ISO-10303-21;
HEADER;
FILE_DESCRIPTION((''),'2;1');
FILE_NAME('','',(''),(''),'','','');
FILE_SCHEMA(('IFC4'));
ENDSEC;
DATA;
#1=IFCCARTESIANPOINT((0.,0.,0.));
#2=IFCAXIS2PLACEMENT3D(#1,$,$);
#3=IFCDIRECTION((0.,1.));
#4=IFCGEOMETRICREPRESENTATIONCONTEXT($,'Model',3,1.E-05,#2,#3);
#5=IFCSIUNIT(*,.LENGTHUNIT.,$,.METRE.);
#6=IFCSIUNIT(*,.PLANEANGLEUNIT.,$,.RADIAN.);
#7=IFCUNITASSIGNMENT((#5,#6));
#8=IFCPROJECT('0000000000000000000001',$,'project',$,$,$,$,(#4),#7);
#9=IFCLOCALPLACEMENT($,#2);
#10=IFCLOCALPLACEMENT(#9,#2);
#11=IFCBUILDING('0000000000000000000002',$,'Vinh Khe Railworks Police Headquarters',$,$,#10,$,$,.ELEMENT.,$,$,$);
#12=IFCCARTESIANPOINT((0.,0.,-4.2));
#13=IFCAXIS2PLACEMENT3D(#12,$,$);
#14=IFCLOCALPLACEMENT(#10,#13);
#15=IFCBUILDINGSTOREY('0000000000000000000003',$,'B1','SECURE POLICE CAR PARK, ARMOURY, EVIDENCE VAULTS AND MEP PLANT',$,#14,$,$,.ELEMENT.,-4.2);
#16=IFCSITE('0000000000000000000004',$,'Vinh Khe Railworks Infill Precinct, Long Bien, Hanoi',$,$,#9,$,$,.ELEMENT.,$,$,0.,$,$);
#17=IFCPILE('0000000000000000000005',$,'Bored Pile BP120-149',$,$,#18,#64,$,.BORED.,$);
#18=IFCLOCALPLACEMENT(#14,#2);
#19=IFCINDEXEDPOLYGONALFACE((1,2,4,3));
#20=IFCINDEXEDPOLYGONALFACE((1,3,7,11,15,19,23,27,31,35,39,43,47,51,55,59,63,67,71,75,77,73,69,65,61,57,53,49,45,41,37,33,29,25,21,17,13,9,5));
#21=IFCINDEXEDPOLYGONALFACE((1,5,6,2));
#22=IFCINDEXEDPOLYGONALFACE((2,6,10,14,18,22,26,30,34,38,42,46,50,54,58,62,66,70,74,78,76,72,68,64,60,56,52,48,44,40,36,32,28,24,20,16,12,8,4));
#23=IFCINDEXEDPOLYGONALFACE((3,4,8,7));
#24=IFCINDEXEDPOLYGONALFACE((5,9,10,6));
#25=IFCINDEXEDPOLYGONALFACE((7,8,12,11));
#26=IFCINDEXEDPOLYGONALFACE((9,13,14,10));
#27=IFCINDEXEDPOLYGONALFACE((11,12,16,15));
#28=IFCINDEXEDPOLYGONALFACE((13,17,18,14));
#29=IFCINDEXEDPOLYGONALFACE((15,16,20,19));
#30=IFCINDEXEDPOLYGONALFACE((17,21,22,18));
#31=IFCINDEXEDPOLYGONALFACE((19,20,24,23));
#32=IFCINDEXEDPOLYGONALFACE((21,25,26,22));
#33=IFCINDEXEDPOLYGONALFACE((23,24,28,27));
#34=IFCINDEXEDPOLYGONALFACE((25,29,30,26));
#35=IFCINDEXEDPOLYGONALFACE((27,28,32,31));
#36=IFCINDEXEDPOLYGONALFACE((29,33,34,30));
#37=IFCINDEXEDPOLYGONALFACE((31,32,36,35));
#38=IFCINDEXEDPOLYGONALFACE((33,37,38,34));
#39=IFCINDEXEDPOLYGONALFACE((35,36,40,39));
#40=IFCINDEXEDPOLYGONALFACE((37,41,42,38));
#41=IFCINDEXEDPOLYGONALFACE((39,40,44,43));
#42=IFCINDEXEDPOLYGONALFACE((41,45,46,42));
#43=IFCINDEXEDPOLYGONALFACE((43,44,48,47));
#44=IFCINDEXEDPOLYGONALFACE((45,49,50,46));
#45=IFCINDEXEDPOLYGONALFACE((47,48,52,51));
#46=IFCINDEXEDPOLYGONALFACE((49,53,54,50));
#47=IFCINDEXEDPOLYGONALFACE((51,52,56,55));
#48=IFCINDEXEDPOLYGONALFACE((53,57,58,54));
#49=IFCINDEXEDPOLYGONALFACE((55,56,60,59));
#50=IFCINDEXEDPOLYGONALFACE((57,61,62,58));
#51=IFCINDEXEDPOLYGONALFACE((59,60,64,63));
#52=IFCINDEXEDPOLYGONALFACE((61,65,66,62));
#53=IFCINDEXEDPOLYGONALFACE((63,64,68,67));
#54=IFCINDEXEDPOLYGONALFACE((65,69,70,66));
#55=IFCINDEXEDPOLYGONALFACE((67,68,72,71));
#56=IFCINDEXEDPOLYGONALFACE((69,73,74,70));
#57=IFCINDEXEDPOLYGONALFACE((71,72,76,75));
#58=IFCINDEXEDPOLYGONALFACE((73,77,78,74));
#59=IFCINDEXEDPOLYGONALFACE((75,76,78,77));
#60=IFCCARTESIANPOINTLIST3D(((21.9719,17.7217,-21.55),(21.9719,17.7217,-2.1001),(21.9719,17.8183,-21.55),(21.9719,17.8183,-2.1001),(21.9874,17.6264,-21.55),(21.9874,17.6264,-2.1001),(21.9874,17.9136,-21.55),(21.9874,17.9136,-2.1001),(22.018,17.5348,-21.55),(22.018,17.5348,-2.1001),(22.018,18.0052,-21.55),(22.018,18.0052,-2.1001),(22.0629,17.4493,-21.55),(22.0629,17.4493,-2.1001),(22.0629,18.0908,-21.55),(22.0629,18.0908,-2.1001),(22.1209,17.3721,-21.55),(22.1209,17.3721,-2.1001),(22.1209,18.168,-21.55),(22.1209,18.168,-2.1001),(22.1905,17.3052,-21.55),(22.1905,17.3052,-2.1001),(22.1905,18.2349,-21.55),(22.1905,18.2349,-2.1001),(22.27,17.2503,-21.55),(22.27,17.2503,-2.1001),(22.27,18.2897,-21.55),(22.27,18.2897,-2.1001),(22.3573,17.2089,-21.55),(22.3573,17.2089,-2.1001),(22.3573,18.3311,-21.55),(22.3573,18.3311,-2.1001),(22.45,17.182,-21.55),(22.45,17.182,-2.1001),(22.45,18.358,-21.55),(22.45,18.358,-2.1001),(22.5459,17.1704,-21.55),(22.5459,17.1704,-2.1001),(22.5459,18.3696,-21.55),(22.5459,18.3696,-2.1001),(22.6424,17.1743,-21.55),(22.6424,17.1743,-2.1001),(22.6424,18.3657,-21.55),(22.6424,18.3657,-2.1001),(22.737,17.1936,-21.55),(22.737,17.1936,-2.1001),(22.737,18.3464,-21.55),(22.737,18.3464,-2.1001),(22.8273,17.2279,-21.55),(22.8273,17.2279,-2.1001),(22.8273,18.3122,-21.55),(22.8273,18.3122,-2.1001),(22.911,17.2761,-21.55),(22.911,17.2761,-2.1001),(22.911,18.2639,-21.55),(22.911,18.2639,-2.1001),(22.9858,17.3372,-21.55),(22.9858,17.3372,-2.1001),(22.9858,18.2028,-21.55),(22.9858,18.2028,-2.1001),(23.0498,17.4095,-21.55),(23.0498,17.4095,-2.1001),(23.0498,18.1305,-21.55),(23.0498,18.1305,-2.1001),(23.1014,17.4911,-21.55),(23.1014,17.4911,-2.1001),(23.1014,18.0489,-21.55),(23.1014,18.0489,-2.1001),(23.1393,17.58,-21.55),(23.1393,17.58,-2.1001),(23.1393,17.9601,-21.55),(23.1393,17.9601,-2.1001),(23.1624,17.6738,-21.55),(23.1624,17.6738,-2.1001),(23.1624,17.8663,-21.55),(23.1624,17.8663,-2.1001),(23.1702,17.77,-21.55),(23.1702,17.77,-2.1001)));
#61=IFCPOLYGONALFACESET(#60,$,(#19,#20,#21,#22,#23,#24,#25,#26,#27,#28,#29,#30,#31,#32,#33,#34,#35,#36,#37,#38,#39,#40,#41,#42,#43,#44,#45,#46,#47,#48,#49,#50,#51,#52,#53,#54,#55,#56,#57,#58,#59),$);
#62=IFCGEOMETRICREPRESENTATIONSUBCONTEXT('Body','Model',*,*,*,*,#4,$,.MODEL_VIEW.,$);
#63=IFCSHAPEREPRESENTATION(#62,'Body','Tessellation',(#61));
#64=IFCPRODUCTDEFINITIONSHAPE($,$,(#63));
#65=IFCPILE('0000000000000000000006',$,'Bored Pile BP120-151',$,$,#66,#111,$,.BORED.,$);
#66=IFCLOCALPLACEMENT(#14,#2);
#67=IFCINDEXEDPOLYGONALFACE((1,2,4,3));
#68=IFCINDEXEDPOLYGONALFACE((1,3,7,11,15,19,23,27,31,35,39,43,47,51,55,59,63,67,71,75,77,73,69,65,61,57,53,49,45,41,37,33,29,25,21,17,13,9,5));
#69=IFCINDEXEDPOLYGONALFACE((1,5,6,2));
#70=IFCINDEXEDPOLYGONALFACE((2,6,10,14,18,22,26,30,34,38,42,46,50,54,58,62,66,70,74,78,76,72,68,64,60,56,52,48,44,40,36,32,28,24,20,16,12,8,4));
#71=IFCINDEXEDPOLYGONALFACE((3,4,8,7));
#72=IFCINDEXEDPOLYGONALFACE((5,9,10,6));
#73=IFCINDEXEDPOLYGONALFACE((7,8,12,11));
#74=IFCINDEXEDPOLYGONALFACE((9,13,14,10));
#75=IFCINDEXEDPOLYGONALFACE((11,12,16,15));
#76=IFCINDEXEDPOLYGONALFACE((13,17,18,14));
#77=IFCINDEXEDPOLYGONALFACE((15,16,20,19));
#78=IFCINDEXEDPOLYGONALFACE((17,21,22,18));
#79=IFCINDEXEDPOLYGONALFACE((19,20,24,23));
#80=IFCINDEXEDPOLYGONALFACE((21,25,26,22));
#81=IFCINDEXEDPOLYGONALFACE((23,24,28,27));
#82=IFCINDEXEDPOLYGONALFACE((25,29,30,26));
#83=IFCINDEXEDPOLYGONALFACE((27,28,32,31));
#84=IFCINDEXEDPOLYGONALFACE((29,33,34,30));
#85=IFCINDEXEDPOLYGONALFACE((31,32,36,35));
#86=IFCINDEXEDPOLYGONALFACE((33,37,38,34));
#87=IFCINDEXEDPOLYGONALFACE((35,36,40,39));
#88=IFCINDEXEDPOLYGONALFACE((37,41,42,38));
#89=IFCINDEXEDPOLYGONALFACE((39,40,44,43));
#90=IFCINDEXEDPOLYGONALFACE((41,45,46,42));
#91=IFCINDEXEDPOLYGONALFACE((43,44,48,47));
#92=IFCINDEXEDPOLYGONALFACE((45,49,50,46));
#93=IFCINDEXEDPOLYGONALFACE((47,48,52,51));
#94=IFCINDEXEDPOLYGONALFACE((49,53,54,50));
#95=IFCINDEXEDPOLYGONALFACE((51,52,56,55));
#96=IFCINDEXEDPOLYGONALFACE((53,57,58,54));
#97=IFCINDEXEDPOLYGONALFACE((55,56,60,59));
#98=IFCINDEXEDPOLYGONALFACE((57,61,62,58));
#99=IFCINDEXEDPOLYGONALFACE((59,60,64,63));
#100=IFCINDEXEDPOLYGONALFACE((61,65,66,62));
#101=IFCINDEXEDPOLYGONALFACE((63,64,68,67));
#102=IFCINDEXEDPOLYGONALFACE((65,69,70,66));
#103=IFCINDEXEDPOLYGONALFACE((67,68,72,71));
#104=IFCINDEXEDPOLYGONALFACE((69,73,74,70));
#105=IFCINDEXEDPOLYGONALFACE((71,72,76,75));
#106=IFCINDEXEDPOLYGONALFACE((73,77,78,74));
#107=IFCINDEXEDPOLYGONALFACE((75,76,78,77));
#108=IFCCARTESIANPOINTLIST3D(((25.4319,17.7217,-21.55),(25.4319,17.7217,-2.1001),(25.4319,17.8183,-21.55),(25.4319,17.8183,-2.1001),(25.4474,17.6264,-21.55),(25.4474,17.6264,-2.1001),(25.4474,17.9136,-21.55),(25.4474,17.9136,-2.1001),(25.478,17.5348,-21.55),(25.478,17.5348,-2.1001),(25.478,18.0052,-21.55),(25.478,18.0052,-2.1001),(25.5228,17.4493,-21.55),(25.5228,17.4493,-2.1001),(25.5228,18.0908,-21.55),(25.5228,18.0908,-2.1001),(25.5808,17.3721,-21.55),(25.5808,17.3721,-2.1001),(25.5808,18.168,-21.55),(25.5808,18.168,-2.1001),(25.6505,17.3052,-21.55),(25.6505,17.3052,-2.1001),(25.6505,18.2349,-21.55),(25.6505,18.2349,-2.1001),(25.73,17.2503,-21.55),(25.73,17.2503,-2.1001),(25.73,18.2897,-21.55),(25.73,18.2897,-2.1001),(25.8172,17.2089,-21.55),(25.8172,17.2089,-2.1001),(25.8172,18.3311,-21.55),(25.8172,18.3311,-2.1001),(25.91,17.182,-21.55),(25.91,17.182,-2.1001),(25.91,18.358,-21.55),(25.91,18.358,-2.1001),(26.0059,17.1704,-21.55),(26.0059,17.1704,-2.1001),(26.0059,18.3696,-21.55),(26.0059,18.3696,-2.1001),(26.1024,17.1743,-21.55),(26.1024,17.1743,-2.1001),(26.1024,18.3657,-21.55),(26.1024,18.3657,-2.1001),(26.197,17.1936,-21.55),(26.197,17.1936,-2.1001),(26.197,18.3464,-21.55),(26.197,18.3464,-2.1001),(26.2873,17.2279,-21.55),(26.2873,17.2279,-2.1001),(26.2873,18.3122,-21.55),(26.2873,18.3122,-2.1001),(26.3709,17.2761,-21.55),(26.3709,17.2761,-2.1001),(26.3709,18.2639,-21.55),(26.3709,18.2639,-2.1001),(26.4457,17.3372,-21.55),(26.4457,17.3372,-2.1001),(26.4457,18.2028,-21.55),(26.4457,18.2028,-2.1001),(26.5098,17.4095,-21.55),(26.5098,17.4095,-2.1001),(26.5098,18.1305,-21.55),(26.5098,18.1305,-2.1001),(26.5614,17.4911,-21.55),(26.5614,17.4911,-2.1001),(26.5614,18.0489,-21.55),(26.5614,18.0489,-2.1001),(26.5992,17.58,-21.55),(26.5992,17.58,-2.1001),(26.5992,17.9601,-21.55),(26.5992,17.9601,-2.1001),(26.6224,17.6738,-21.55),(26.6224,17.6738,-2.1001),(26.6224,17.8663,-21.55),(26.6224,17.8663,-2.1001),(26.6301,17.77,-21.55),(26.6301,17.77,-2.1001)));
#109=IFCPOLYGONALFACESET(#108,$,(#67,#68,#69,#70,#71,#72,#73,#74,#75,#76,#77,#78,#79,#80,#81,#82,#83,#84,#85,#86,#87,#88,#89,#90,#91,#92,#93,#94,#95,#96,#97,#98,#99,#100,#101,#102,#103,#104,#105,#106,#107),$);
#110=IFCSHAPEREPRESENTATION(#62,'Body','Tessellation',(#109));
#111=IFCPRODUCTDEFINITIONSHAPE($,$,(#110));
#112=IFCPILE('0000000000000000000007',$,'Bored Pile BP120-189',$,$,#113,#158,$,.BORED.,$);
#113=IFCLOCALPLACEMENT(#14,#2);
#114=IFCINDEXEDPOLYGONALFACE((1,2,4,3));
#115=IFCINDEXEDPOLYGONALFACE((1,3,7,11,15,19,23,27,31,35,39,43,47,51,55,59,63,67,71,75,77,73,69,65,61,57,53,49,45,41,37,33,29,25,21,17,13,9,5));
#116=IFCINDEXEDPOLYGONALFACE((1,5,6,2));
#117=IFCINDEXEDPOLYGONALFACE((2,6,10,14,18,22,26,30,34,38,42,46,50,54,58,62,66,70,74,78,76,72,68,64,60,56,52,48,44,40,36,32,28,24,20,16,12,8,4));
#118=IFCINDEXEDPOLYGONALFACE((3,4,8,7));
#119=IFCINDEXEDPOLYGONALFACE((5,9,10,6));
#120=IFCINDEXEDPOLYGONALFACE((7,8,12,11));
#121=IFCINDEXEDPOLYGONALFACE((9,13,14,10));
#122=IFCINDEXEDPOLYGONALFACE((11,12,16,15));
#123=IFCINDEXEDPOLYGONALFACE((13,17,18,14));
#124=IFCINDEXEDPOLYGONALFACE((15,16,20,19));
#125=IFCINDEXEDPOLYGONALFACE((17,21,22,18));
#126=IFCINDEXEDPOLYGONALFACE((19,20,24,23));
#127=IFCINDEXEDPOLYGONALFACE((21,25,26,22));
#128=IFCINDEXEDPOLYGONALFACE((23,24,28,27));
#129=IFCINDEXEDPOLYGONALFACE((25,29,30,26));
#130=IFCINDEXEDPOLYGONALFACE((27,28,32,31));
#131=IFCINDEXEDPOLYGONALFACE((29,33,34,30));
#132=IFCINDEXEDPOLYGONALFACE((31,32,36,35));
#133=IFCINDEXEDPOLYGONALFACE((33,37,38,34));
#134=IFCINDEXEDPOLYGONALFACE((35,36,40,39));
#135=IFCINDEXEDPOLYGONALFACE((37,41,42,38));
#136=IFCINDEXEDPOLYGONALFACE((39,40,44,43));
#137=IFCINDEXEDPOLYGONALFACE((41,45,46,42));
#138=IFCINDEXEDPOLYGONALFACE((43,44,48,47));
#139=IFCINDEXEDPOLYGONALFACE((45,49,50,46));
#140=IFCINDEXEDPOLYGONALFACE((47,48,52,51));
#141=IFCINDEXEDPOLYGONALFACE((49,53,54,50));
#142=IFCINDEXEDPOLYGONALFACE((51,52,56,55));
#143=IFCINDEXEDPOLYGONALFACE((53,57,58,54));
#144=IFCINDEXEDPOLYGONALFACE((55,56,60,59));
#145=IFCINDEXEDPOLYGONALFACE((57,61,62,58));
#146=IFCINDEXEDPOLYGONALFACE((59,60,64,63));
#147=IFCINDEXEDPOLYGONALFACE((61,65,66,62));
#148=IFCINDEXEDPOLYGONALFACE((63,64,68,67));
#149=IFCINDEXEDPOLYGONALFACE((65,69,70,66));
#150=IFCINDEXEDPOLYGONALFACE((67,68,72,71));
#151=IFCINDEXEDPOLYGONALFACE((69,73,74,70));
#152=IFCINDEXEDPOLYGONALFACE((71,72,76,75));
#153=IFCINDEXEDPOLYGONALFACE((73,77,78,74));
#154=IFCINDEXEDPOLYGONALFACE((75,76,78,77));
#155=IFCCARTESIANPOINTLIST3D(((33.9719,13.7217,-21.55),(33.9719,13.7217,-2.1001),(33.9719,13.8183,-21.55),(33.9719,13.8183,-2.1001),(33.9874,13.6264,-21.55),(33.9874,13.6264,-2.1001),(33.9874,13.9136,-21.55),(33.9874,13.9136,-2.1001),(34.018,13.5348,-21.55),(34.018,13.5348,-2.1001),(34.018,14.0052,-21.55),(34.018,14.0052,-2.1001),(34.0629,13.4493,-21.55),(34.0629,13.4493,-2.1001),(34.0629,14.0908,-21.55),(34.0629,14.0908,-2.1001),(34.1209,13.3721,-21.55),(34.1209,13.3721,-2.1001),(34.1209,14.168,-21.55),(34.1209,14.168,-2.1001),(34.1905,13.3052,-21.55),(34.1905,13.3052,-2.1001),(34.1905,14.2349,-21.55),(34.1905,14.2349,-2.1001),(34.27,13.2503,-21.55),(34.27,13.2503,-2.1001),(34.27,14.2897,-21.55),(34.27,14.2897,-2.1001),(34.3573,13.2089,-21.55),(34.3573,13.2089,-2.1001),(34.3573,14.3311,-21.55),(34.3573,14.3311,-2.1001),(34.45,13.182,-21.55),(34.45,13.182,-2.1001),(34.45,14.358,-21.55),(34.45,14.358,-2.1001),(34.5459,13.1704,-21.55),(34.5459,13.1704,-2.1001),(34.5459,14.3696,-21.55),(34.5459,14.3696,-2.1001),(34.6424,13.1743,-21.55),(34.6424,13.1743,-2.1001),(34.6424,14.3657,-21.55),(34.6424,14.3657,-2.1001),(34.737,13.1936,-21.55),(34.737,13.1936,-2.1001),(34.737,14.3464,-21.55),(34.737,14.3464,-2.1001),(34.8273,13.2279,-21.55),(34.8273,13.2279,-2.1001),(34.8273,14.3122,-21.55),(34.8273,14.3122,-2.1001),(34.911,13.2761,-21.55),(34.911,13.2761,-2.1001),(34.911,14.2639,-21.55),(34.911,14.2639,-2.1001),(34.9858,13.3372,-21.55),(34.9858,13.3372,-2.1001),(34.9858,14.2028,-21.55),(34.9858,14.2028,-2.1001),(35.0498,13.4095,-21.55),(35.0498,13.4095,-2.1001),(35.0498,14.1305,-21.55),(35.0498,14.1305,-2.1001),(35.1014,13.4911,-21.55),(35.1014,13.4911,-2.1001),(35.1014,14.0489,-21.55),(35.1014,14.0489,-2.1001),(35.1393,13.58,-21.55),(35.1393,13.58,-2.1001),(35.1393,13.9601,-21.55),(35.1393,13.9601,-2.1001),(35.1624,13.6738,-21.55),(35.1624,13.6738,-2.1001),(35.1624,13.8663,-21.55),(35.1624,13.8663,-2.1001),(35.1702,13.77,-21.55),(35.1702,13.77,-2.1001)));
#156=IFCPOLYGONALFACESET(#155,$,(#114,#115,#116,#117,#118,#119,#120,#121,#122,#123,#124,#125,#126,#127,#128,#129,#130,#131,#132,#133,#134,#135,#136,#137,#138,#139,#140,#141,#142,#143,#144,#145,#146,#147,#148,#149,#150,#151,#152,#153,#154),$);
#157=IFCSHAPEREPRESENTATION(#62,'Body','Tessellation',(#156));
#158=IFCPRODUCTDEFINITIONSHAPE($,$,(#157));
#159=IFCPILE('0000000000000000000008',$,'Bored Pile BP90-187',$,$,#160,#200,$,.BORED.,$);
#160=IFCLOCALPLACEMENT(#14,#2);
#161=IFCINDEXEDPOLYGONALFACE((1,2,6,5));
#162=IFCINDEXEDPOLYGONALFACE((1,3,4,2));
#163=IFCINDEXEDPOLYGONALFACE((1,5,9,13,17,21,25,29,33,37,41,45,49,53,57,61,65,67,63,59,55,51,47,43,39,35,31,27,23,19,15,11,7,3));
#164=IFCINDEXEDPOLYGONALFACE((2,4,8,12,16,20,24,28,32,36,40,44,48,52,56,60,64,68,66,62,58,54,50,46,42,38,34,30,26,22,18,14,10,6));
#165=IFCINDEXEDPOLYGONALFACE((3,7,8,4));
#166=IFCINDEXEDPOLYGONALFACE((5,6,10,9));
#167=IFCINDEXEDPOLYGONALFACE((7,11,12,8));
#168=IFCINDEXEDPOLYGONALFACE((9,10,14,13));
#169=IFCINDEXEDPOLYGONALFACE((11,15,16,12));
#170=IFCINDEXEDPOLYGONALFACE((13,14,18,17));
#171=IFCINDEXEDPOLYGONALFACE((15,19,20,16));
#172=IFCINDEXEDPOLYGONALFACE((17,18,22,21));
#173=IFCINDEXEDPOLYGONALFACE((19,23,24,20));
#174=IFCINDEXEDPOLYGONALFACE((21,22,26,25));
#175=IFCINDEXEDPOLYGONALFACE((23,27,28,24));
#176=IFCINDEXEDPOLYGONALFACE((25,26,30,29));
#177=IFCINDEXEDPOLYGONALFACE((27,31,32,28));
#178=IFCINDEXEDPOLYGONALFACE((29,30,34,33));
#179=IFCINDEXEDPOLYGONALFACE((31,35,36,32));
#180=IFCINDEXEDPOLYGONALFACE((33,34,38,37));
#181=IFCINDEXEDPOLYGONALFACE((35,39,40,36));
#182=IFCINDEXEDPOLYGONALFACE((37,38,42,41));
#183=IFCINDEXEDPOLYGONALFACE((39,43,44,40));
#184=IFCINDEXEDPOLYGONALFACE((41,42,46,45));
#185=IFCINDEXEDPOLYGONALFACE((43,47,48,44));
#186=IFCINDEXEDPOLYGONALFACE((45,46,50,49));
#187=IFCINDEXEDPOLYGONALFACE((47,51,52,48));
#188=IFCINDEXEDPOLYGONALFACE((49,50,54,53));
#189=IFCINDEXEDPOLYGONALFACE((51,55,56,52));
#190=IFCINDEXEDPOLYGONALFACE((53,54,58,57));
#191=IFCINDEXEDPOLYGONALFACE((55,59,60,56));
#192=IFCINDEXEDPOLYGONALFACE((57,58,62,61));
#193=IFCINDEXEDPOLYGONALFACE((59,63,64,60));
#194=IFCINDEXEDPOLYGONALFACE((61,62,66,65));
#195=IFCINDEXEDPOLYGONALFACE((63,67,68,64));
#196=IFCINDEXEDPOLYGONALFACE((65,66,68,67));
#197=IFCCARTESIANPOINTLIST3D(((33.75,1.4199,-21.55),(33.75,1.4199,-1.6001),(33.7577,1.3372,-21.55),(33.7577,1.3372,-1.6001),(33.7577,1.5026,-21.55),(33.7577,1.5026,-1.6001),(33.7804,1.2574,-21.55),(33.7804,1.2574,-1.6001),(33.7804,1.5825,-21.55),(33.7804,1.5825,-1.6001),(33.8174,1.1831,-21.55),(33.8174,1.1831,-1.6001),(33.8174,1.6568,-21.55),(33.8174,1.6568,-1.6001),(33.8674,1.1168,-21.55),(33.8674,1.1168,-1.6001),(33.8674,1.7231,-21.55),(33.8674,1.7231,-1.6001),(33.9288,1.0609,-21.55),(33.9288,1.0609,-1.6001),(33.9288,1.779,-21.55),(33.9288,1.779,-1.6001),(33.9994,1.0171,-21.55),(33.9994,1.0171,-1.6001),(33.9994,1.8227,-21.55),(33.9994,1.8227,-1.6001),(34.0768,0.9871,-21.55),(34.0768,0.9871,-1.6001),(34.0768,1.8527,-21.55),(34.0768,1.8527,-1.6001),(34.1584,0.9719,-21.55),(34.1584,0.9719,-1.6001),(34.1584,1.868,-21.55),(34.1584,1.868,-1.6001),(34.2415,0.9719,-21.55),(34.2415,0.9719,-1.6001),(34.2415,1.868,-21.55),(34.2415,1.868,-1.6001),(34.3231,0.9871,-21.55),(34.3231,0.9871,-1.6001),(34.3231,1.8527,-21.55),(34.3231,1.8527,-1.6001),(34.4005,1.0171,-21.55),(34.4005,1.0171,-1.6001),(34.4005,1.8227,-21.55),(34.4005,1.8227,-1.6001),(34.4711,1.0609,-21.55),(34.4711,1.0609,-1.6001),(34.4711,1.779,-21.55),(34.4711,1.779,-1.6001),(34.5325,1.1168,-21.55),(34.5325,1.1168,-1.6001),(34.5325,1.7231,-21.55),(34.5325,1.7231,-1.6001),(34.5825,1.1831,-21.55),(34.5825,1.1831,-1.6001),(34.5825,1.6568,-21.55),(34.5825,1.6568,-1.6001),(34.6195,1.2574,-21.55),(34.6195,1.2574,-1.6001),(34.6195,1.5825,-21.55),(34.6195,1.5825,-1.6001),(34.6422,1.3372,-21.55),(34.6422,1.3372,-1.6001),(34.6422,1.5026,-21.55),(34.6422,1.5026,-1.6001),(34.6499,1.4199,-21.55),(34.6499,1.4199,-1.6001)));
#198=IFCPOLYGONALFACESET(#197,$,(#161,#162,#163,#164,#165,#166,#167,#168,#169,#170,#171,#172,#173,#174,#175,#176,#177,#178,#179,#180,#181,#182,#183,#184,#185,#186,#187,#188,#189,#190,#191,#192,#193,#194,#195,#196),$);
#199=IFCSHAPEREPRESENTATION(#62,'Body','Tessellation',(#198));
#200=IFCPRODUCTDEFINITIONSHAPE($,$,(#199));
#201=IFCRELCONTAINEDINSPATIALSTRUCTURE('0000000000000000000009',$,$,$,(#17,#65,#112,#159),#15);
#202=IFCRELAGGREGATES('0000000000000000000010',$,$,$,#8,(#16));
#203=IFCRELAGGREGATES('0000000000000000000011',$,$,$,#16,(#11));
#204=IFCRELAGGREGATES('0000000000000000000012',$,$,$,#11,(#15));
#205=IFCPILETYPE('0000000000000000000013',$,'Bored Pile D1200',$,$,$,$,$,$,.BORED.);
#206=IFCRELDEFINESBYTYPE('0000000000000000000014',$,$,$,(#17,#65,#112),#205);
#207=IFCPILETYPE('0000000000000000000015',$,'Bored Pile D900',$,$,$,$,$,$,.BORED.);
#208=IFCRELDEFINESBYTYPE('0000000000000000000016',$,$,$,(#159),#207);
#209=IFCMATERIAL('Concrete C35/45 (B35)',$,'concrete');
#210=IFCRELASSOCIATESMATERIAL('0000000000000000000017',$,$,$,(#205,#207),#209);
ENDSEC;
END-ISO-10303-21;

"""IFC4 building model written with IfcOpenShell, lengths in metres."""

from ifc_helpers import new_model, si_unit, direction, frame, origin, origin_2d, place, context, subcontext, project, spatial, circle, extrude, material, material_profile, profile_set, type_object, element, save


model = new_model("IFC4")

# Units and contexts
model_context = context("Model", 3, precision=1e-05, world=origin(), true_north=direction((0.0, 1.0)))
body_context = subcontext(model_context, "Body", "Model", "MODEL_VIEW")
ifc_project = project(units=[si_unit("LENGTHUNIT", "METRE"), si_unit("PLANEANGLEUNIT", "RADIAN")], contexts=[model_context])

# Site, building, storey
site_placement = place(None, origin())
site = spatial("IfcSite", under=ifc_project, at=site_placement, Name="Vinh Khe Railworks Infill Precinct, Long Bien, Hanoi", CompositionType="ELEMENT", RefElevation=0.0)
building_placement = place(site_placement, origin())
building = spatial("IfcBuilding", under=site, at=building_placement, Name="Vinh Khe Railworks Police Headquarters", CompositionType="ELEMENT")
storey_placement = place(building_placement, frame((0.0, 0.0, -4.2)))
storey = spatial("IfcBuildingStorey", under=building, at=storey_placement, Name="B1", Description="SECURE POLICE CAR PARK, ARMOURY, EVIDENCE VAULTS AND MEP PLANT", CompositionType="ELEMENT", Elevation=-4.2)

# Piles
ifc_material_1 = material(Name="Concrete C35/45 (B35)", Category="concrete")
ifc_material_profile_1 = material_profile(ifc_material_1, circle(Radius=0.6001, at=origin_2d()), Name="BORED PILE D1200")
ifc_profile_set_1 = profile_set([ifc_material_profile_1], Name="Concrete C35/45 (B35)")
pile_type_1 = type_object("IfcPileType", Name="Bored Pile D1200", PredefinedType="BORED", material=ifc_profile_set_1)
for number, where, z_axis, x_axis, name in (
    (1, (22.5701, 17.77, -2.1001), (0.0, 0.0, -1.0), (1.0, 0.0, 0.0), "Bored Pile BP120-149"),
    (2, (26.03, 17.77, -2.1001), (0.0, 0.0, -1.0), (1.0, 0.0, 0.0), "Bored Pile BP120-151"),
    (3, (34.5701, 13.77, -2.1001), (0.0, 0.0, -1.0), (1.0, 0.0, 0.0), "Bored Pile BP120-189"),
):
    element("IfcPile", number, at=place(storey_placement, frame(where, z_axis=z_axis, x_axis=x_axis)), inside=storey, type_object=pile_type_1, Name=name, PredefinedType="BORED", context=body_context, shape_type="SweptSolid", body=[
        extrude(circle(Radius=0.6001, at=origin_2d()), origin(), (0.0, 0.0, 1.0), 19.45),
    ])
ifc_material_profile_2 = material_profile(ifc_material_1, circle(Radius=0.45, at=origin_2d()), Name="BORED PILE D900")
ifc_profile_set_2 = profile_set([ifc_material_profile_2], Name="Concrete C35/45 (B35)")
pile_type_2 = type_object("IfcPileType", Name="Bored Pile D900", PredefinedType="BORED", material=ifc_profile_set_2)
for number, where, z_axis, x_axis, name in (
    (4, (34.2, 1.4199, -1.6001), (0.0, 0.0, -1.0), (1.0, 0.0, 0.0), "Bored Pile BP90-187"),
):
    element("IfcPile", number, at=place(storey_placement, frame(where, z_axis=z_axis, x_axis=x_axis)), inside=storey, type_object=pile_type_2, Name=name, PredefinedType="BORED", context=body_context, shape_type="SweptSolid", body=[
        extrude(circle(Radius=0.45, at=origin_2d()), origin(), (0.0, 0.0, 1.0), 19.95),
    ])

save(model, "model.ifc")
